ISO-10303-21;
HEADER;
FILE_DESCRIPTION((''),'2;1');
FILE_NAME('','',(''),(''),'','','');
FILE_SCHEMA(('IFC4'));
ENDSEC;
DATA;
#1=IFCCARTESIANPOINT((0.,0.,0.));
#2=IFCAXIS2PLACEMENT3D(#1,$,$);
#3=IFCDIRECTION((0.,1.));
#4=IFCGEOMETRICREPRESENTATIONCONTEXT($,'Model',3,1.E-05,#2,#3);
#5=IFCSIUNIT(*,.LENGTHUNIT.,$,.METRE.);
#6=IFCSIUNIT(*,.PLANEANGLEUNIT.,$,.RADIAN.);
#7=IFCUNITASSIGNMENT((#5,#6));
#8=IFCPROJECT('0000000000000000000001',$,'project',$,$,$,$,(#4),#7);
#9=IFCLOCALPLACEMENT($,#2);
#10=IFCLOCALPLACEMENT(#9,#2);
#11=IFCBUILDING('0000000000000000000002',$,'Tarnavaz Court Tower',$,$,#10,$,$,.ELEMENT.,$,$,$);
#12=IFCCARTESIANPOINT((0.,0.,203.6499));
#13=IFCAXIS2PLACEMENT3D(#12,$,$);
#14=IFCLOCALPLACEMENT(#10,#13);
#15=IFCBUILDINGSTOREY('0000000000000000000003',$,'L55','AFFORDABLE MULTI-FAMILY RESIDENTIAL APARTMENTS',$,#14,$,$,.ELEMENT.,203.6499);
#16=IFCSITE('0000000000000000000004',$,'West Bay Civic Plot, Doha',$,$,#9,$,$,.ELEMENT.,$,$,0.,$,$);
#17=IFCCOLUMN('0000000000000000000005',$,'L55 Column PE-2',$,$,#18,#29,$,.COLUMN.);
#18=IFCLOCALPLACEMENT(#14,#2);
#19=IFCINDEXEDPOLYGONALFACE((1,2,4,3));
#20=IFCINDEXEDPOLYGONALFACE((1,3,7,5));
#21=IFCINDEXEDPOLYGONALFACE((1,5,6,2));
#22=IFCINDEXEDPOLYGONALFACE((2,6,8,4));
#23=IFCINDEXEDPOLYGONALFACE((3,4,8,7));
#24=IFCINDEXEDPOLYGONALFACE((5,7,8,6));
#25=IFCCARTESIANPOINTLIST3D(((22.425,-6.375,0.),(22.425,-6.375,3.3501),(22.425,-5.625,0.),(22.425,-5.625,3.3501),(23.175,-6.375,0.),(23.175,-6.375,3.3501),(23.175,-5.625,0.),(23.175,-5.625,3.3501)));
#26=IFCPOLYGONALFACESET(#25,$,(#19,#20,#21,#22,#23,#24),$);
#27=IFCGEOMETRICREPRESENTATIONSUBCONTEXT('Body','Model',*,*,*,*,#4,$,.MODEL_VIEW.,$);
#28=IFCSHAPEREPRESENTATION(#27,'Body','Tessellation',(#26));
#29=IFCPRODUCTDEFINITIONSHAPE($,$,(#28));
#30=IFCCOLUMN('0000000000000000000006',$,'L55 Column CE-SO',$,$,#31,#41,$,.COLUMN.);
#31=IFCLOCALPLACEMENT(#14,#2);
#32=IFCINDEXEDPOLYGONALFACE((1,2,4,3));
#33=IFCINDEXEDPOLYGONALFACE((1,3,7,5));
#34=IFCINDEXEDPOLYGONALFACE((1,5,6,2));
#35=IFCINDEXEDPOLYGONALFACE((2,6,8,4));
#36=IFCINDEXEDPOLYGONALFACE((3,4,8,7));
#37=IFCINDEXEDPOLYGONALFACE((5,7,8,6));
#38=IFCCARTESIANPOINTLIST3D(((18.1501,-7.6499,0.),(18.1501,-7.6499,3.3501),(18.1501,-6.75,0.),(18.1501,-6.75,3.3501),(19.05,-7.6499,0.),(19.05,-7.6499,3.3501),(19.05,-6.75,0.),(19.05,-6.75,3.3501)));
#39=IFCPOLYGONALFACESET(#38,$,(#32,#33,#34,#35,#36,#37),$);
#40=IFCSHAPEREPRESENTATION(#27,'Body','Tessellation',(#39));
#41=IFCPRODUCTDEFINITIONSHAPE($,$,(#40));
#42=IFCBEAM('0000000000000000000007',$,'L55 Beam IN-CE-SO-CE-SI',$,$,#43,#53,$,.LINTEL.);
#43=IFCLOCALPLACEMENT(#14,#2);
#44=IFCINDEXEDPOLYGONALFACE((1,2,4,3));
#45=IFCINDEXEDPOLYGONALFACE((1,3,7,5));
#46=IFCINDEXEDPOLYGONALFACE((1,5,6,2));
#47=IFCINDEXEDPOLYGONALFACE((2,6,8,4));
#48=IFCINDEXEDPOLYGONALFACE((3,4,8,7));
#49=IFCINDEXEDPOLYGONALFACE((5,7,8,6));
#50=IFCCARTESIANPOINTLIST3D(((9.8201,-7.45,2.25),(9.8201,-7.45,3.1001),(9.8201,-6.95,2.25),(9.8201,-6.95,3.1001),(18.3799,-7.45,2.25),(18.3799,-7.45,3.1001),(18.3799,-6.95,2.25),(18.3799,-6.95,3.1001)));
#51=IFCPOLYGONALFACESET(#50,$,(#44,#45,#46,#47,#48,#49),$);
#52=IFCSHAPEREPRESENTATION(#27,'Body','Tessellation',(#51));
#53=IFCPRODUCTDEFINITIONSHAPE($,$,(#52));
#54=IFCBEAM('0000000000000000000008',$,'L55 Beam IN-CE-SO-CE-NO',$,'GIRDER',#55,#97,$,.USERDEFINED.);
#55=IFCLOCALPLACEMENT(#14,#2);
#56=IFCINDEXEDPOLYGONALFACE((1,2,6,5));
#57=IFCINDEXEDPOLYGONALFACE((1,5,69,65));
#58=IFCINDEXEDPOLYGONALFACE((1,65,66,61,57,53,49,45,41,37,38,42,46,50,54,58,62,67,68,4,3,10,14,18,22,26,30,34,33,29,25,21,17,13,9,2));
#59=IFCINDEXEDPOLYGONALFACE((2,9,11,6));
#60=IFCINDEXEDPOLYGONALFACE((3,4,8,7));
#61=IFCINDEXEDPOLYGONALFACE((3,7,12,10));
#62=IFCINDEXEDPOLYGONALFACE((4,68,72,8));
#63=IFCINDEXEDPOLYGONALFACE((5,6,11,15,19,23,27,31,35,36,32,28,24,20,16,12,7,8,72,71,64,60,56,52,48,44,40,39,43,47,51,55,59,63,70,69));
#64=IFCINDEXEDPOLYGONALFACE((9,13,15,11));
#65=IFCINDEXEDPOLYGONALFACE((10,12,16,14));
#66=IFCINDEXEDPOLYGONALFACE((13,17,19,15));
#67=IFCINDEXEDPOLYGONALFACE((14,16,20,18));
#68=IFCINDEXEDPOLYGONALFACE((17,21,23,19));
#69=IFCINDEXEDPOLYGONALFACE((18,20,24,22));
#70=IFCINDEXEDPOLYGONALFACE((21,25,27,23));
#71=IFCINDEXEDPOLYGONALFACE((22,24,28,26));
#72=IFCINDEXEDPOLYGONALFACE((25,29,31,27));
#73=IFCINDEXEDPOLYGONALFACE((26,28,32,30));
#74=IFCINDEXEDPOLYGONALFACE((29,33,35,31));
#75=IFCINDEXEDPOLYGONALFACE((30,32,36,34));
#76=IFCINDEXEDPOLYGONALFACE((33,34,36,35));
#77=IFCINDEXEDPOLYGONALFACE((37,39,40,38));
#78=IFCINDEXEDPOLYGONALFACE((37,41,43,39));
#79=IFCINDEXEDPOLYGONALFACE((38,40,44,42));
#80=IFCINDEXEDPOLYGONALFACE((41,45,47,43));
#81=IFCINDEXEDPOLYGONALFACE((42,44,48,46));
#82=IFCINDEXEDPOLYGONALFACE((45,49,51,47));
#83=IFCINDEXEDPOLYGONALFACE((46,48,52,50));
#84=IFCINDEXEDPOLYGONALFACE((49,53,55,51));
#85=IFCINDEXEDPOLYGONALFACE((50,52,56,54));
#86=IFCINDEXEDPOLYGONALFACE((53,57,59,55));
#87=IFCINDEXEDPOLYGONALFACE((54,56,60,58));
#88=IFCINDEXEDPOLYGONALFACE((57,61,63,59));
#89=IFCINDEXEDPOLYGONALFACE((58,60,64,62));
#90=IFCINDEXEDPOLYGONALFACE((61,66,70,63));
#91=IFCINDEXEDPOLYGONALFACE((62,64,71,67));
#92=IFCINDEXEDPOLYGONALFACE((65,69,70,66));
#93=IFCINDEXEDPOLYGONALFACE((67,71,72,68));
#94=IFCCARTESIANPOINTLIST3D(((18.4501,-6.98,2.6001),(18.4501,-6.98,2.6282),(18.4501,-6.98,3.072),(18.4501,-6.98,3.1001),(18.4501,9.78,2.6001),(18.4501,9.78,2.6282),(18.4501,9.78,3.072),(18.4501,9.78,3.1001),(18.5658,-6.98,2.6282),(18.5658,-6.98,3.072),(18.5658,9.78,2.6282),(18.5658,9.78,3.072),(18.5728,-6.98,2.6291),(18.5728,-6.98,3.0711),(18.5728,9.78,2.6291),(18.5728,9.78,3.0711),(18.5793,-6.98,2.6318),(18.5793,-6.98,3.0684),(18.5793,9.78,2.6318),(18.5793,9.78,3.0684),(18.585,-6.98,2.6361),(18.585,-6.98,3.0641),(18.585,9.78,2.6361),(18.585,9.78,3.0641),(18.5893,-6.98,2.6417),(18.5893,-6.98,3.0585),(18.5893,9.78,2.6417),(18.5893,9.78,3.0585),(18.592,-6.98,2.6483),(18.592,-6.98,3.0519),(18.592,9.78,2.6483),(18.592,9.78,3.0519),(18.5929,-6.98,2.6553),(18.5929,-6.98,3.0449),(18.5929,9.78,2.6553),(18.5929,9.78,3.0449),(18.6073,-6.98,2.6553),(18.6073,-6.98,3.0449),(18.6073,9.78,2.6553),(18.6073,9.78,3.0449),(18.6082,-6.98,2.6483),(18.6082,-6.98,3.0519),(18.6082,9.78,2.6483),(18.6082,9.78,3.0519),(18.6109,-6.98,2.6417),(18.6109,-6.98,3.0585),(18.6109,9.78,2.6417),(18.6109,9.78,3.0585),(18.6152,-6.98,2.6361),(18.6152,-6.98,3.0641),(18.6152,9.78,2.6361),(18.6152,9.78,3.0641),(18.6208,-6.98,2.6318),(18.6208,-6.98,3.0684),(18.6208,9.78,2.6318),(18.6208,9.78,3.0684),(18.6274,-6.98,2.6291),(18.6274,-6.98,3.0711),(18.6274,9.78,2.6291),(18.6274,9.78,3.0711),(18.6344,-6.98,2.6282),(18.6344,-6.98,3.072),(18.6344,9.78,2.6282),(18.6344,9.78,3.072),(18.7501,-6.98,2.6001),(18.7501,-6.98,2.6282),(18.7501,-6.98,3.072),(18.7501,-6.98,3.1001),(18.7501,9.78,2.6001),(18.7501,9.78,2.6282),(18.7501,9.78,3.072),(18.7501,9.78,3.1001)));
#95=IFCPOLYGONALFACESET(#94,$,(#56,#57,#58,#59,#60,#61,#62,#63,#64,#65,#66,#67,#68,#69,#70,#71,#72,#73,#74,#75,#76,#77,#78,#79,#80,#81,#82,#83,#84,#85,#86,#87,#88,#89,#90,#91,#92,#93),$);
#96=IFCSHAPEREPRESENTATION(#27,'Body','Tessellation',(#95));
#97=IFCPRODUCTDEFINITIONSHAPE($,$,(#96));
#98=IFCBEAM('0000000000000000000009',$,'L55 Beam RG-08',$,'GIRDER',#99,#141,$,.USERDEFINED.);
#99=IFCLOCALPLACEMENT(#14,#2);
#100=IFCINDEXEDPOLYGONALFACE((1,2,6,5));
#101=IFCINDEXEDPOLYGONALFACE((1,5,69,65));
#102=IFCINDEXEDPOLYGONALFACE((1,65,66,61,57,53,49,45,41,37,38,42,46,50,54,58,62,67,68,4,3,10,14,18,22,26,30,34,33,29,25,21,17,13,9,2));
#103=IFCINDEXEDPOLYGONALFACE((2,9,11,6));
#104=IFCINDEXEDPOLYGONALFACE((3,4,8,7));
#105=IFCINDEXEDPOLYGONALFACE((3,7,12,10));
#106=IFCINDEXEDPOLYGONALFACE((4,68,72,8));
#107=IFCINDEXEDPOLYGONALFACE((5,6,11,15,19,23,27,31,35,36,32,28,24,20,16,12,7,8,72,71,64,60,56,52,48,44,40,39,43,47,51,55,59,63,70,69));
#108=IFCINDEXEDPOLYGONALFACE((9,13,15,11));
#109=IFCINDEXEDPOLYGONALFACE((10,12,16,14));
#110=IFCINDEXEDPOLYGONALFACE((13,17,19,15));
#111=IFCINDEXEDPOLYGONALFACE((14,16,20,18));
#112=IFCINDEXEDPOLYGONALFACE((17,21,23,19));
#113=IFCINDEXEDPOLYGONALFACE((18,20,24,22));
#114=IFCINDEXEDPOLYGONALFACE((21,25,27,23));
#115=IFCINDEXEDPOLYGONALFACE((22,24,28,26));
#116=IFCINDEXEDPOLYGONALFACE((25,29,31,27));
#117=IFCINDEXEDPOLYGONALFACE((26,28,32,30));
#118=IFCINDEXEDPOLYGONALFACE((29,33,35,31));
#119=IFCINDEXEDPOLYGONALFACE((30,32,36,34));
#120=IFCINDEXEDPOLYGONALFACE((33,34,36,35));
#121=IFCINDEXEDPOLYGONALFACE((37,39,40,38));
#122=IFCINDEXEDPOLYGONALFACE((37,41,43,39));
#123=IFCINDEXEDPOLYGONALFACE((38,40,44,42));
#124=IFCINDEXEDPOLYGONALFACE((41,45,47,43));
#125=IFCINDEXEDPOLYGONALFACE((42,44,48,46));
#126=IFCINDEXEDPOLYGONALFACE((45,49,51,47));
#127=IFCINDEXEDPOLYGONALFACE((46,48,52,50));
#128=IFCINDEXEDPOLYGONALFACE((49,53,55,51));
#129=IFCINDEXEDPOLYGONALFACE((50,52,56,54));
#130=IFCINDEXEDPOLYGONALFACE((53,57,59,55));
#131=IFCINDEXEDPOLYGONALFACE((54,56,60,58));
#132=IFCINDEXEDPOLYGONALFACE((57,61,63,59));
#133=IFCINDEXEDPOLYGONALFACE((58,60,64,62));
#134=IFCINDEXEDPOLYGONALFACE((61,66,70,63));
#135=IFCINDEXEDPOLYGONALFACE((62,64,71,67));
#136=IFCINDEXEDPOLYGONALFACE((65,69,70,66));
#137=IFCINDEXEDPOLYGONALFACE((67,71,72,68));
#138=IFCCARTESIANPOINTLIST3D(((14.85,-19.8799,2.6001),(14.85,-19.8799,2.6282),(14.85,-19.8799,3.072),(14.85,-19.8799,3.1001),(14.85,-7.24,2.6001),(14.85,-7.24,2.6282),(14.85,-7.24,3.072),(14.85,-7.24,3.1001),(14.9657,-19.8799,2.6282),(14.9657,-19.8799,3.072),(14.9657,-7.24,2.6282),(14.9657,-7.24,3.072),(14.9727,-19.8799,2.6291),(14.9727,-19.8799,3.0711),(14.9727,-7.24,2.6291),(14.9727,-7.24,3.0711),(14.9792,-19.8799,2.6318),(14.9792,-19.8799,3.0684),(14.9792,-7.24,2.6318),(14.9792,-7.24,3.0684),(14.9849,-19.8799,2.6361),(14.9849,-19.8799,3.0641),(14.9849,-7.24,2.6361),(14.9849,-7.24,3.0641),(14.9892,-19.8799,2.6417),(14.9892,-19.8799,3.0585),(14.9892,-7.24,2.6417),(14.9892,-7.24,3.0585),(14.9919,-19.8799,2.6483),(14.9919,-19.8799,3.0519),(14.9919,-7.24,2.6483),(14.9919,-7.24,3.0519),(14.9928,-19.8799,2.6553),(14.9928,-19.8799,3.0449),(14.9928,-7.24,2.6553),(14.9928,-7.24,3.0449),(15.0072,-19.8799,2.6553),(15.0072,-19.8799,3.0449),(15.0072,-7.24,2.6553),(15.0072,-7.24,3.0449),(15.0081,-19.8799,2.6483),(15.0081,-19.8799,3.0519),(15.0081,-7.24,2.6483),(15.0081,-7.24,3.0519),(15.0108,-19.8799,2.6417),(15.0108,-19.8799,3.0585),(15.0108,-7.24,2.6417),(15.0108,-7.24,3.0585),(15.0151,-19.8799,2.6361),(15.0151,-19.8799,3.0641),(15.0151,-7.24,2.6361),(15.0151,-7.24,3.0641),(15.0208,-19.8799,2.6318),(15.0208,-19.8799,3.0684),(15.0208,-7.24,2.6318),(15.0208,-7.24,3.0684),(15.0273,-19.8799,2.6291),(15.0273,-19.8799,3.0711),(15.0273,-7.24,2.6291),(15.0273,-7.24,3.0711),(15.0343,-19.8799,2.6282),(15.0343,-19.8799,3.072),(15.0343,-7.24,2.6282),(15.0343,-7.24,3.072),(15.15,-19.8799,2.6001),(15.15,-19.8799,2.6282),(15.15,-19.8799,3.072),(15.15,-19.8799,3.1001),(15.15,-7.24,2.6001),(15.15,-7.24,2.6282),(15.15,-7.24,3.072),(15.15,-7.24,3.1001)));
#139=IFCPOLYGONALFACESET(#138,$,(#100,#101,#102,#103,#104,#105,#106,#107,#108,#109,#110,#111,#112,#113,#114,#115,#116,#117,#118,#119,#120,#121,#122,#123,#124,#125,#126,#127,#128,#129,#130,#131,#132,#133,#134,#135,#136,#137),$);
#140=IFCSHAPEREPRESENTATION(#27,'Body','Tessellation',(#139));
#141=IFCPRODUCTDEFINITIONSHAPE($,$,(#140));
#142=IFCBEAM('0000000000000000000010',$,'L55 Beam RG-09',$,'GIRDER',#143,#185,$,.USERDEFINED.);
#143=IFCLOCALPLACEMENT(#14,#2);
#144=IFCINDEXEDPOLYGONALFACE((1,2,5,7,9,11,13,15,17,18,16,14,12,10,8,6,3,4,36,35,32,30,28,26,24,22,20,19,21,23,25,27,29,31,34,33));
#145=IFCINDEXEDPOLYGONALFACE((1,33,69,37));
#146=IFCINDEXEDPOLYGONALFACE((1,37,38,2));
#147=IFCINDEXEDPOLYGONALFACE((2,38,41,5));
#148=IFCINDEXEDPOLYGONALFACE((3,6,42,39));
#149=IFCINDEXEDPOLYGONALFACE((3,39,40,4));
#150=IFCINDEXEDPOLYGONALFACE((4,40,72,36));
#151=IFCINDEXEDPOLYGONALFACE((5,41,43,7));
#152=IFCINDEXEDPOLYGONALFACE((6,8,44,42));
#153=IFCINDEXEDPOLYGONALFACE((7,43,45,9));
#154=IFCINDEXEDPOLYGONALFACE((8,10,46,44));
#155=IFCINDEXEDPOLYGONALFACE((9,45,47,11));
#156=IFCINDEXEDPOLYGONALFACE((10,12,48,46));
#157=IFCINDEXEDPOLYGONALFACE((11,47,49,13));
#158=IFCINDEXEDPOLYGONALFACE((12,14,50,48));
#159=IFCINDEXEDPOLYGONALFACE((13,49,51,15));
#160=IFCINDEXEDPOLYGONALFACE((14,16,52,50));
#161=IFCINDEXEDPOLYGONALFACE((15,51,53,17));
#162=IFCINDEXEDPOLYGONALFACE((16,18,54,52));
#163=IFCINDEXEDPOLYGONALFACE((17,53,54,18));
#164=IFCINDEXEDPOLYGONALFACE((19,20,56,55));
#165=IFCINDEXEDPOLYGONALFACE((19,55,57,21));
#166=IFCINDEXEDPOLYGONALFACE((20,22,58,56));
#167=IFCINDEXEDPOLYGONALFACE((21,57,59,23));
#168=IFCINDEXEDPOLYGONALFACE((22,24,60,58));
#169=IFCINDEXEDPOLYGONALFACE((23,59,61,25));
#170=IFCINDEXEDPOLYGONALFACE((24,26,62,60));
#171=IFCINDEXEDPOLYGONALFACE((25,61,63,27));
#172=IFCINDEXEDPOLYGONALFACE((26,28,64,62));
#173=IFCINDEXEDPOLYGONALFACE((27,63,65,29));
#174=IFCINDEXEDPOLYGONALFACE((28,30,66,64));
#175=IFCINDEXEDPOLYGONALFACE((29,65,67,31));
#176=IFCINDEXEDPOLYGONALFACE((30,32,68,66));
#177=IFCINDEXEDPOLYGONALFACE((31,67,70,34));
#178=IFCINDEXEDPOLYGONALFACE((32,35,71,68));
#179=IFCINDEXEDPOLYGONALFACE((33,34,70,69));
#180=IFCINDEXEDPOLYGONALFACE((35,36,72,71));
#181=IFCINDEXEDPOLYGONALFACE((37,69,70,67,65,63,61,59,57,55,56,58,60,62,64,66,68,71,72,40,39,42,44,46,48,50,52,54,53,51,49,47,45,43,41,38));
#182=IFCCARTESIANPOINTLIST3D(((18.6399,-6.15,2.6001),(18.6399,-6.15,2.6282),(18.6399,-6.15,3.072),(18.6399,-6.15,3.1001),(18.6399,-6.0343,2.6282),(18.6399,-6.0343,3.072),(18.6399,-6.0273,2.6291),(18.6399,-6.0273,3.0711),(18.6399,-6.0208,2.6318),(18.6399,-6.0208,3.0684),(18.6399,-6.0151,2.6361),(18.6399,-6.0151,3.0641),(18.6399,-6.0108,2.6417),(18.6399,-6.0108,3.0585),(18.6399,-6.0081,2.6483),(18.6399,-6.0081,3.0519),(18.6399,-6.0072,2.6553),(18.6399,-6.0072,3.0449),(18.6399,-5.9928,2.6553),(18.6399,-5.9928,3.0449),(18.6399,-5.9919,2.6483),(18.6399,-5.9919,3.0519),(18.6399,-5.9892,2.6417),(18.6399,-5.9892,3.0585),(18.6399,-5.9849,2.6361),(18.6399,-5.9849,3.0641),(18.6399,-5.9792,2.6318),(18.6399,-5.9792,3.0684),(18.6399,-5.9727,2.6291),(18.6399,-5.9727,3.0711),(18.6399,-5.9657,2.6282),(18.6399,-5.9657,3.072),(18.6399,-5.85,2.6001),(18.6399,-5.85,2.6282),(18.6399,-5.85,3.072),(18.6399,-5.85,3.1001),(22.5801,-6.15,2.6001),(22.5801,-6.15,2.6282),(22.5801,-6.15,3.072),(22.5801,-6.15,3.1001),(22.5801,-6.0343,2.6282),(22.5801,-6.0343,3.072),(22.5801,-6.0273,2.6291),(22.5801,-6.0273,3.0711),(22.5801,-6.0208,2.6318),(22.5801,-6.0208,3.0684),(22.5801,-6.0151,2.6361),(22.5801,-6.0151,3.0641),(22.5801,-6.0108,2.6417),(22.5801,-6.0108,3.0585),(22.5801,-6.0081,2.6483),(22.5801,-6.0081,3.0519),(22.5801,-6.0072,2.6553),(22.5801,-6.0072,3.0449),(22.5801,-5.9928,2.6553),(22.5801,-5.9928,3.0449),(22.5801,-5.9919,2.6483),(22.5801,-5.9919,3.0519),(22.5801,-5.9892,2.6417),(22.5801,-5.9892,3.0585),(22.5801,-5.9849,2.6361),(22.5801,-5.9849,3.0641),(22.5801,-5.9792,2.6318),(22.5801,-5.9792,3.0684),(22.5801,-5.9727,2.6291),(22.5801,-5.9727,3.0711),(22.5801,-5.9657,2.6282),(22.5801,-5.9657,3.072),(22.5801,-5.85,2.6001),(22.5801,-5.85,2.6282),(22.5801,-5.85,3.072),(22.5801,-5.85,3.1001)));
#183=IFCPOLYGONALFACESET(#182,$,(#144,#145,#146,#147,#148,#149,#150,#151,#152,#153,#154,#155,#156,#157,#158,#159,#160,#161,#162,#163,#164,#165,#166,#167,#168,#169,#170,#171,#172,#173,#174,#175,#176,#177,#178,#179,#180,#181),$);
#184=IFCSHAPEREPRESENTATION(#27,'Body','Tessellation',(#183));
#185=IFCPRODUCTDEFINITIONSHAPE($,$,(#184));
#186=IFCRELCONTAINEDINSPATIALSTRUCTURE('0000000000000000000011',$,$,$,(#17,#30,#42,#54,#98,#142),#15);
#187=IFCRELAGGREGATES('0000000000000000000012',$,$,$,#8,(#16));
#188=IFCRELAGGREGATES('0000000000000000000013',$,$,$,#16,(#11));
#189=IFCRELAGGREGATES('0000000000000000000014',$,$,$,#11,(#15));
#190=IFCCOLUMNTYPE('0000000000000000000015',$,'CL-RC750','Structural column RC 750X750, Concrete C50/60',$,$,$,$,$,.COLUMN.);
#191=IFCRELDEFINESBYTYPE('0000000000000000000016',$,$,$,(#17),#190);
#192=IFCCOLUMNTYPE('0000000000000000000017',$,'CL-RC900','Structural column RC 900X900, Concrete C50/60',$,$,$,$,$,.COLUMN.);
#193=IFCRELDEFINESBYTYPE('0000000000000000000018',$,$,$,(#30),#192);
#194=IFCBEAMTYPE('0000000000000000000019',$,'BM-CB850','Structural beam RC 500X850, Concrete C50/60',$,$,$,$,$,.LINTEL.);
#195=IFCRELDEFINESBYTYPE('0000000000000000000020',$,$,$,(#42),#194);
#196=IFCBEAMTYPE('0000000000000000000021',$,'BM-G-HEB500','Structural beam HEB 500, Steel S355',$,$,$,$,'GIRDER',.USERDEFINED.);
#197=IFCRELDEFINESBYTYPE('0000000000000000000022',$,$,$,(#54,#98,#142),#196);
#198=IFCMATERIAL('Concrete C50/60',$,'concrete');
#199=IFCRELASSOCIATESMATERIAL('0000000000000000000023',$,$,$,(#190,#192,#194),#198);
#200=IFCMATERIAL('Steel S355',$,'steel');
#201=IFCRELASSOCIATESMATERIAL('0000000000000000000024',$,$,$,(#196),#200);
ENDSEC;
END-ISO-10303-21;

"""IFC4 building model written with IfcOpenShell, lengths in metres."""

from ifc_helpers import new_model, si_unit, direction, frame, origin, origin_2d, place, context, subcontext, project, spatial, rectangle, i_section, extrude, material, material_profile, profile_set, type_object, element, save


model = new_model("IFC4")

# Units and contexts
model_context = context("Model", 3, precision=1e-05, world=origin(), true_north=direction((0.0, 1.0)))
body_context = subcontext(model_context, "Body", "Model", "MODEL_VIEW")
ifc_project = project(units=[si_unit("LENGTHUNIT", "METRE"), si_unit("PLANEANGLEUNIT", "RADIAN")], contexts=[model_context])

# Site, building, storey
site_placement = place(None, origin())
site = spatial("IfcSite", under=ifc_project, at=site_placement, Name="West Bay Civic Plot, Doha", CompositionType="ELEMENT", RefElevation=0.0)
building_placement = place(site_placement, origin())
building = spatial("IfcBuilding", under=site, at=building_placement, Name="Tarnavaz Court Tower", CompositionType="ELEMENT")
storey_placement = place(building_placement, frame((0.0, 0.0, 203.6499)))
storey = spatial("IfcBuildingStorey", under=building, at=storey_placement, Name="L55", Description="AFFORDABLE MULTI-FAMILY RESIDENTIAL APARTMENTS", CompositionType="ELEMENT", Elevation=203.6499)

# Columns
ifc_material_1 = material(Name="Concrete C50/60", Category="concrete")
ifc_material_profile_1 = material_profile(ifc_material_1, rectangle(XDim=0.75, YDim=0.75, at=origin_2d()), Name="RC 750X750")
ifc_profile_set_1 = profile_set([ifc_material_profile_1], Name="Concrete C50/60")
column_type_1 = type_object("IfcColumnType", Name="CL-RC750", Description="Structural column RC 750X750, Concrete C50/60", PredefinedType="COLUMN", material=ifc_profile_set_1)
column_1_placement = place(storey_placement, frame((22.8, -6.0, 0.0), z_axis=(0.0, 0.0, 1.0), x_axis=(1.0, 0.0, 0.0)))
element("IfcColumn", 1, at=column_1_placement, inside=storey, type_object=column_type_1, Name="L55 Column PE-2", PredefinedType="COLUMN", context=body_context, shape_type="SweptSolid", body=[
    extrude(rectangle(XDim=0.75, YDim=0.75, at=origin_2d()), origin(), (0.0, 0.0, 1.0), 3.3501),
])
ifc_material_profile_2 = material_profile(ifc_material_1, rectangle(XDim=0.8999, YDim=0.8999, at=origin_2d()), Name="RC 900X900")
ifc_profile_set_2 = profile_set([ifc_material_profile_2], Name="Concrete C50/60")
column_type_2 = type_object("IfcColumnType", Name="CL-RC900", Description="Structural column RC 900X900, Concrete C50/60", PredefinedType="COLUMN", material=ifc_profile_set_2)
column_2_placement = place(storey_placement, frame((18.6001, -7.2, 0.0), z_axis=(0.0, 0.0, 1.0), x_axis=(1.0, 0.0, 0.0)))
element("IfcColumn", 2, at=column_2_placement, inside=storey, type_object=column_type_2, Name="L55 Column CE-SO", PredefinedType="COLUMN", context=body_context, shape_type="SweptSolid", body=[
    extrude(rectangle(XDim=0.8999, YDim=0.8999, at=origin_2d()), origin(), (0.0, 0.0, 1.0), 3.3501),
])

# Beams
ifc_material_profile_3 = material_profile(ifc_material_1, rectangle(XDim=0.5, YDim=0.8501, at=origin_2d()), Name="RC 500X850")
ifc_profile_set_3 = profile_set([ifc_material_profile_3], Name="Concrete C50/60")
beam_type_1 = type_object("IfcBeamType", Name="BM-CB850", Description="Structural beam RC 500X850, Concrete C50/60", PredefinedType="LINTEL", material=ifc_profile_set_3)
beam_1_placement = place(storey_placement, frame((18.3799, -7.2, 2.675), z_axis=(-1.0, 0.0, 0.0), x_axis=(0.0, -1.0, 0.0)))
element("IfcBeam", 3, at=beam_1_placement, inside=storey, type_object=beam_type_1, Name="L55 Beam IN-CE-SO-CE-SI", PredefinedType="LINTEL", context=body_context, shape_type="SweptSolid", body=[
    extrude(rectangle(XDim=0.5, YDim=0.8501, at=origin_2d()), origin(), (0.0, 0.0, 1.0), 8.5598),
])
ifc_material_2 = material(Name="Steel S355", Category="steel")
ifc_material_profile_4 = material_profile(ifc_material_2, i_section(OverallWidth=0.3, OverallDepth=0.5, WebThickness=0.0144, FlangeThickness=0.0281, FilletRadius=0.0271, at=origin_2d()), Name="HEB 500")
ifc_profile_set_4 = profile_set([ifc_material_profile_4], Name="Steel S355")
beam_type_2 = type_object("IfcBeamType", Name="BM-G-HEB500", Description="Structural beam HEB 500, Steel S355", ElementType="GIRDER", PredefinedType="USERDEFINED", material=ifc_profile_set_4)
beam_2_placement = place(storey_placement, frame((18.6001, -6.98, 2.8501), z_axis=(0.0, 1.0, 0.0), x_axis=(-1.0, 0.0, 0.0)))
element("IfcBeam", 4, at=beam_2_placement, inside=storey, type_object=beam_type_2, Name="L55 Beam IN-CE-SO-CE-NO", ObjectType="GIRDER", PredefinedType="USERDEFINED", context=body_context, shape_type="SweptSolid", body=[
    extrude(i_section(OverallWidth=0.3, OverallDepth=0.5, WebThickness=0.0144, FlangeThickness=0.0281, FilletRadius=0.0271, at=origin_2d()), origin(), (0.0, 0.0, 1.0), 16.76),
])
beam_3_placement = place(storey_placement, frame((15.0, -7.24, 2.8501), z_axis=(0.0, -1.0, 0.0), x_axis=(1.0, 0.0, 0.0)))
element("IfcBeam", 5, at=beam_3_placement, inside=storey, type_object=beam_type_2, Name="L55 Beam RG-08", ObjectType="GIRDER", PredefinedType="USERDEFINED", context=body_context, shape_type="SweptSolid", body=[
    extrude(i_section(OverallWidth=0.3, OverallDepth=0.5, WebThickness=0.0144, FlangeThickness=0.0281, FilletRadius=0.0271, at=origin_2d()), origin(), (0.0, 0.0, 1.0), 12.6399),
])
beam_4_placement = place(storey_placement, frame((18.6399, -6.0, 2.8501), z_axis=(1.0, 0.0, 0.0), x_axis=(0.0, 1.0, 0.0)))
element("IfcBeam", 6, at=beam_4_placement, inside=storey, type_object=beam_type_2, Name="L55 Beam RG-09", ObjectType="GIRDER", PredefinedType="USERDEFINED", context=body_context, shape_type="SweptSolid", body=[
    extrude(i_section(OverallWidth=0.3, OverallDepth=0.5, WebThickness=0.0144, FlangeThickness=0.0281, FilletRadius=0.0271, at=origin_2d()), origin(), (0.0, 0.0, 1.0), 3.9402),
])

save(model, "model.ifc")
